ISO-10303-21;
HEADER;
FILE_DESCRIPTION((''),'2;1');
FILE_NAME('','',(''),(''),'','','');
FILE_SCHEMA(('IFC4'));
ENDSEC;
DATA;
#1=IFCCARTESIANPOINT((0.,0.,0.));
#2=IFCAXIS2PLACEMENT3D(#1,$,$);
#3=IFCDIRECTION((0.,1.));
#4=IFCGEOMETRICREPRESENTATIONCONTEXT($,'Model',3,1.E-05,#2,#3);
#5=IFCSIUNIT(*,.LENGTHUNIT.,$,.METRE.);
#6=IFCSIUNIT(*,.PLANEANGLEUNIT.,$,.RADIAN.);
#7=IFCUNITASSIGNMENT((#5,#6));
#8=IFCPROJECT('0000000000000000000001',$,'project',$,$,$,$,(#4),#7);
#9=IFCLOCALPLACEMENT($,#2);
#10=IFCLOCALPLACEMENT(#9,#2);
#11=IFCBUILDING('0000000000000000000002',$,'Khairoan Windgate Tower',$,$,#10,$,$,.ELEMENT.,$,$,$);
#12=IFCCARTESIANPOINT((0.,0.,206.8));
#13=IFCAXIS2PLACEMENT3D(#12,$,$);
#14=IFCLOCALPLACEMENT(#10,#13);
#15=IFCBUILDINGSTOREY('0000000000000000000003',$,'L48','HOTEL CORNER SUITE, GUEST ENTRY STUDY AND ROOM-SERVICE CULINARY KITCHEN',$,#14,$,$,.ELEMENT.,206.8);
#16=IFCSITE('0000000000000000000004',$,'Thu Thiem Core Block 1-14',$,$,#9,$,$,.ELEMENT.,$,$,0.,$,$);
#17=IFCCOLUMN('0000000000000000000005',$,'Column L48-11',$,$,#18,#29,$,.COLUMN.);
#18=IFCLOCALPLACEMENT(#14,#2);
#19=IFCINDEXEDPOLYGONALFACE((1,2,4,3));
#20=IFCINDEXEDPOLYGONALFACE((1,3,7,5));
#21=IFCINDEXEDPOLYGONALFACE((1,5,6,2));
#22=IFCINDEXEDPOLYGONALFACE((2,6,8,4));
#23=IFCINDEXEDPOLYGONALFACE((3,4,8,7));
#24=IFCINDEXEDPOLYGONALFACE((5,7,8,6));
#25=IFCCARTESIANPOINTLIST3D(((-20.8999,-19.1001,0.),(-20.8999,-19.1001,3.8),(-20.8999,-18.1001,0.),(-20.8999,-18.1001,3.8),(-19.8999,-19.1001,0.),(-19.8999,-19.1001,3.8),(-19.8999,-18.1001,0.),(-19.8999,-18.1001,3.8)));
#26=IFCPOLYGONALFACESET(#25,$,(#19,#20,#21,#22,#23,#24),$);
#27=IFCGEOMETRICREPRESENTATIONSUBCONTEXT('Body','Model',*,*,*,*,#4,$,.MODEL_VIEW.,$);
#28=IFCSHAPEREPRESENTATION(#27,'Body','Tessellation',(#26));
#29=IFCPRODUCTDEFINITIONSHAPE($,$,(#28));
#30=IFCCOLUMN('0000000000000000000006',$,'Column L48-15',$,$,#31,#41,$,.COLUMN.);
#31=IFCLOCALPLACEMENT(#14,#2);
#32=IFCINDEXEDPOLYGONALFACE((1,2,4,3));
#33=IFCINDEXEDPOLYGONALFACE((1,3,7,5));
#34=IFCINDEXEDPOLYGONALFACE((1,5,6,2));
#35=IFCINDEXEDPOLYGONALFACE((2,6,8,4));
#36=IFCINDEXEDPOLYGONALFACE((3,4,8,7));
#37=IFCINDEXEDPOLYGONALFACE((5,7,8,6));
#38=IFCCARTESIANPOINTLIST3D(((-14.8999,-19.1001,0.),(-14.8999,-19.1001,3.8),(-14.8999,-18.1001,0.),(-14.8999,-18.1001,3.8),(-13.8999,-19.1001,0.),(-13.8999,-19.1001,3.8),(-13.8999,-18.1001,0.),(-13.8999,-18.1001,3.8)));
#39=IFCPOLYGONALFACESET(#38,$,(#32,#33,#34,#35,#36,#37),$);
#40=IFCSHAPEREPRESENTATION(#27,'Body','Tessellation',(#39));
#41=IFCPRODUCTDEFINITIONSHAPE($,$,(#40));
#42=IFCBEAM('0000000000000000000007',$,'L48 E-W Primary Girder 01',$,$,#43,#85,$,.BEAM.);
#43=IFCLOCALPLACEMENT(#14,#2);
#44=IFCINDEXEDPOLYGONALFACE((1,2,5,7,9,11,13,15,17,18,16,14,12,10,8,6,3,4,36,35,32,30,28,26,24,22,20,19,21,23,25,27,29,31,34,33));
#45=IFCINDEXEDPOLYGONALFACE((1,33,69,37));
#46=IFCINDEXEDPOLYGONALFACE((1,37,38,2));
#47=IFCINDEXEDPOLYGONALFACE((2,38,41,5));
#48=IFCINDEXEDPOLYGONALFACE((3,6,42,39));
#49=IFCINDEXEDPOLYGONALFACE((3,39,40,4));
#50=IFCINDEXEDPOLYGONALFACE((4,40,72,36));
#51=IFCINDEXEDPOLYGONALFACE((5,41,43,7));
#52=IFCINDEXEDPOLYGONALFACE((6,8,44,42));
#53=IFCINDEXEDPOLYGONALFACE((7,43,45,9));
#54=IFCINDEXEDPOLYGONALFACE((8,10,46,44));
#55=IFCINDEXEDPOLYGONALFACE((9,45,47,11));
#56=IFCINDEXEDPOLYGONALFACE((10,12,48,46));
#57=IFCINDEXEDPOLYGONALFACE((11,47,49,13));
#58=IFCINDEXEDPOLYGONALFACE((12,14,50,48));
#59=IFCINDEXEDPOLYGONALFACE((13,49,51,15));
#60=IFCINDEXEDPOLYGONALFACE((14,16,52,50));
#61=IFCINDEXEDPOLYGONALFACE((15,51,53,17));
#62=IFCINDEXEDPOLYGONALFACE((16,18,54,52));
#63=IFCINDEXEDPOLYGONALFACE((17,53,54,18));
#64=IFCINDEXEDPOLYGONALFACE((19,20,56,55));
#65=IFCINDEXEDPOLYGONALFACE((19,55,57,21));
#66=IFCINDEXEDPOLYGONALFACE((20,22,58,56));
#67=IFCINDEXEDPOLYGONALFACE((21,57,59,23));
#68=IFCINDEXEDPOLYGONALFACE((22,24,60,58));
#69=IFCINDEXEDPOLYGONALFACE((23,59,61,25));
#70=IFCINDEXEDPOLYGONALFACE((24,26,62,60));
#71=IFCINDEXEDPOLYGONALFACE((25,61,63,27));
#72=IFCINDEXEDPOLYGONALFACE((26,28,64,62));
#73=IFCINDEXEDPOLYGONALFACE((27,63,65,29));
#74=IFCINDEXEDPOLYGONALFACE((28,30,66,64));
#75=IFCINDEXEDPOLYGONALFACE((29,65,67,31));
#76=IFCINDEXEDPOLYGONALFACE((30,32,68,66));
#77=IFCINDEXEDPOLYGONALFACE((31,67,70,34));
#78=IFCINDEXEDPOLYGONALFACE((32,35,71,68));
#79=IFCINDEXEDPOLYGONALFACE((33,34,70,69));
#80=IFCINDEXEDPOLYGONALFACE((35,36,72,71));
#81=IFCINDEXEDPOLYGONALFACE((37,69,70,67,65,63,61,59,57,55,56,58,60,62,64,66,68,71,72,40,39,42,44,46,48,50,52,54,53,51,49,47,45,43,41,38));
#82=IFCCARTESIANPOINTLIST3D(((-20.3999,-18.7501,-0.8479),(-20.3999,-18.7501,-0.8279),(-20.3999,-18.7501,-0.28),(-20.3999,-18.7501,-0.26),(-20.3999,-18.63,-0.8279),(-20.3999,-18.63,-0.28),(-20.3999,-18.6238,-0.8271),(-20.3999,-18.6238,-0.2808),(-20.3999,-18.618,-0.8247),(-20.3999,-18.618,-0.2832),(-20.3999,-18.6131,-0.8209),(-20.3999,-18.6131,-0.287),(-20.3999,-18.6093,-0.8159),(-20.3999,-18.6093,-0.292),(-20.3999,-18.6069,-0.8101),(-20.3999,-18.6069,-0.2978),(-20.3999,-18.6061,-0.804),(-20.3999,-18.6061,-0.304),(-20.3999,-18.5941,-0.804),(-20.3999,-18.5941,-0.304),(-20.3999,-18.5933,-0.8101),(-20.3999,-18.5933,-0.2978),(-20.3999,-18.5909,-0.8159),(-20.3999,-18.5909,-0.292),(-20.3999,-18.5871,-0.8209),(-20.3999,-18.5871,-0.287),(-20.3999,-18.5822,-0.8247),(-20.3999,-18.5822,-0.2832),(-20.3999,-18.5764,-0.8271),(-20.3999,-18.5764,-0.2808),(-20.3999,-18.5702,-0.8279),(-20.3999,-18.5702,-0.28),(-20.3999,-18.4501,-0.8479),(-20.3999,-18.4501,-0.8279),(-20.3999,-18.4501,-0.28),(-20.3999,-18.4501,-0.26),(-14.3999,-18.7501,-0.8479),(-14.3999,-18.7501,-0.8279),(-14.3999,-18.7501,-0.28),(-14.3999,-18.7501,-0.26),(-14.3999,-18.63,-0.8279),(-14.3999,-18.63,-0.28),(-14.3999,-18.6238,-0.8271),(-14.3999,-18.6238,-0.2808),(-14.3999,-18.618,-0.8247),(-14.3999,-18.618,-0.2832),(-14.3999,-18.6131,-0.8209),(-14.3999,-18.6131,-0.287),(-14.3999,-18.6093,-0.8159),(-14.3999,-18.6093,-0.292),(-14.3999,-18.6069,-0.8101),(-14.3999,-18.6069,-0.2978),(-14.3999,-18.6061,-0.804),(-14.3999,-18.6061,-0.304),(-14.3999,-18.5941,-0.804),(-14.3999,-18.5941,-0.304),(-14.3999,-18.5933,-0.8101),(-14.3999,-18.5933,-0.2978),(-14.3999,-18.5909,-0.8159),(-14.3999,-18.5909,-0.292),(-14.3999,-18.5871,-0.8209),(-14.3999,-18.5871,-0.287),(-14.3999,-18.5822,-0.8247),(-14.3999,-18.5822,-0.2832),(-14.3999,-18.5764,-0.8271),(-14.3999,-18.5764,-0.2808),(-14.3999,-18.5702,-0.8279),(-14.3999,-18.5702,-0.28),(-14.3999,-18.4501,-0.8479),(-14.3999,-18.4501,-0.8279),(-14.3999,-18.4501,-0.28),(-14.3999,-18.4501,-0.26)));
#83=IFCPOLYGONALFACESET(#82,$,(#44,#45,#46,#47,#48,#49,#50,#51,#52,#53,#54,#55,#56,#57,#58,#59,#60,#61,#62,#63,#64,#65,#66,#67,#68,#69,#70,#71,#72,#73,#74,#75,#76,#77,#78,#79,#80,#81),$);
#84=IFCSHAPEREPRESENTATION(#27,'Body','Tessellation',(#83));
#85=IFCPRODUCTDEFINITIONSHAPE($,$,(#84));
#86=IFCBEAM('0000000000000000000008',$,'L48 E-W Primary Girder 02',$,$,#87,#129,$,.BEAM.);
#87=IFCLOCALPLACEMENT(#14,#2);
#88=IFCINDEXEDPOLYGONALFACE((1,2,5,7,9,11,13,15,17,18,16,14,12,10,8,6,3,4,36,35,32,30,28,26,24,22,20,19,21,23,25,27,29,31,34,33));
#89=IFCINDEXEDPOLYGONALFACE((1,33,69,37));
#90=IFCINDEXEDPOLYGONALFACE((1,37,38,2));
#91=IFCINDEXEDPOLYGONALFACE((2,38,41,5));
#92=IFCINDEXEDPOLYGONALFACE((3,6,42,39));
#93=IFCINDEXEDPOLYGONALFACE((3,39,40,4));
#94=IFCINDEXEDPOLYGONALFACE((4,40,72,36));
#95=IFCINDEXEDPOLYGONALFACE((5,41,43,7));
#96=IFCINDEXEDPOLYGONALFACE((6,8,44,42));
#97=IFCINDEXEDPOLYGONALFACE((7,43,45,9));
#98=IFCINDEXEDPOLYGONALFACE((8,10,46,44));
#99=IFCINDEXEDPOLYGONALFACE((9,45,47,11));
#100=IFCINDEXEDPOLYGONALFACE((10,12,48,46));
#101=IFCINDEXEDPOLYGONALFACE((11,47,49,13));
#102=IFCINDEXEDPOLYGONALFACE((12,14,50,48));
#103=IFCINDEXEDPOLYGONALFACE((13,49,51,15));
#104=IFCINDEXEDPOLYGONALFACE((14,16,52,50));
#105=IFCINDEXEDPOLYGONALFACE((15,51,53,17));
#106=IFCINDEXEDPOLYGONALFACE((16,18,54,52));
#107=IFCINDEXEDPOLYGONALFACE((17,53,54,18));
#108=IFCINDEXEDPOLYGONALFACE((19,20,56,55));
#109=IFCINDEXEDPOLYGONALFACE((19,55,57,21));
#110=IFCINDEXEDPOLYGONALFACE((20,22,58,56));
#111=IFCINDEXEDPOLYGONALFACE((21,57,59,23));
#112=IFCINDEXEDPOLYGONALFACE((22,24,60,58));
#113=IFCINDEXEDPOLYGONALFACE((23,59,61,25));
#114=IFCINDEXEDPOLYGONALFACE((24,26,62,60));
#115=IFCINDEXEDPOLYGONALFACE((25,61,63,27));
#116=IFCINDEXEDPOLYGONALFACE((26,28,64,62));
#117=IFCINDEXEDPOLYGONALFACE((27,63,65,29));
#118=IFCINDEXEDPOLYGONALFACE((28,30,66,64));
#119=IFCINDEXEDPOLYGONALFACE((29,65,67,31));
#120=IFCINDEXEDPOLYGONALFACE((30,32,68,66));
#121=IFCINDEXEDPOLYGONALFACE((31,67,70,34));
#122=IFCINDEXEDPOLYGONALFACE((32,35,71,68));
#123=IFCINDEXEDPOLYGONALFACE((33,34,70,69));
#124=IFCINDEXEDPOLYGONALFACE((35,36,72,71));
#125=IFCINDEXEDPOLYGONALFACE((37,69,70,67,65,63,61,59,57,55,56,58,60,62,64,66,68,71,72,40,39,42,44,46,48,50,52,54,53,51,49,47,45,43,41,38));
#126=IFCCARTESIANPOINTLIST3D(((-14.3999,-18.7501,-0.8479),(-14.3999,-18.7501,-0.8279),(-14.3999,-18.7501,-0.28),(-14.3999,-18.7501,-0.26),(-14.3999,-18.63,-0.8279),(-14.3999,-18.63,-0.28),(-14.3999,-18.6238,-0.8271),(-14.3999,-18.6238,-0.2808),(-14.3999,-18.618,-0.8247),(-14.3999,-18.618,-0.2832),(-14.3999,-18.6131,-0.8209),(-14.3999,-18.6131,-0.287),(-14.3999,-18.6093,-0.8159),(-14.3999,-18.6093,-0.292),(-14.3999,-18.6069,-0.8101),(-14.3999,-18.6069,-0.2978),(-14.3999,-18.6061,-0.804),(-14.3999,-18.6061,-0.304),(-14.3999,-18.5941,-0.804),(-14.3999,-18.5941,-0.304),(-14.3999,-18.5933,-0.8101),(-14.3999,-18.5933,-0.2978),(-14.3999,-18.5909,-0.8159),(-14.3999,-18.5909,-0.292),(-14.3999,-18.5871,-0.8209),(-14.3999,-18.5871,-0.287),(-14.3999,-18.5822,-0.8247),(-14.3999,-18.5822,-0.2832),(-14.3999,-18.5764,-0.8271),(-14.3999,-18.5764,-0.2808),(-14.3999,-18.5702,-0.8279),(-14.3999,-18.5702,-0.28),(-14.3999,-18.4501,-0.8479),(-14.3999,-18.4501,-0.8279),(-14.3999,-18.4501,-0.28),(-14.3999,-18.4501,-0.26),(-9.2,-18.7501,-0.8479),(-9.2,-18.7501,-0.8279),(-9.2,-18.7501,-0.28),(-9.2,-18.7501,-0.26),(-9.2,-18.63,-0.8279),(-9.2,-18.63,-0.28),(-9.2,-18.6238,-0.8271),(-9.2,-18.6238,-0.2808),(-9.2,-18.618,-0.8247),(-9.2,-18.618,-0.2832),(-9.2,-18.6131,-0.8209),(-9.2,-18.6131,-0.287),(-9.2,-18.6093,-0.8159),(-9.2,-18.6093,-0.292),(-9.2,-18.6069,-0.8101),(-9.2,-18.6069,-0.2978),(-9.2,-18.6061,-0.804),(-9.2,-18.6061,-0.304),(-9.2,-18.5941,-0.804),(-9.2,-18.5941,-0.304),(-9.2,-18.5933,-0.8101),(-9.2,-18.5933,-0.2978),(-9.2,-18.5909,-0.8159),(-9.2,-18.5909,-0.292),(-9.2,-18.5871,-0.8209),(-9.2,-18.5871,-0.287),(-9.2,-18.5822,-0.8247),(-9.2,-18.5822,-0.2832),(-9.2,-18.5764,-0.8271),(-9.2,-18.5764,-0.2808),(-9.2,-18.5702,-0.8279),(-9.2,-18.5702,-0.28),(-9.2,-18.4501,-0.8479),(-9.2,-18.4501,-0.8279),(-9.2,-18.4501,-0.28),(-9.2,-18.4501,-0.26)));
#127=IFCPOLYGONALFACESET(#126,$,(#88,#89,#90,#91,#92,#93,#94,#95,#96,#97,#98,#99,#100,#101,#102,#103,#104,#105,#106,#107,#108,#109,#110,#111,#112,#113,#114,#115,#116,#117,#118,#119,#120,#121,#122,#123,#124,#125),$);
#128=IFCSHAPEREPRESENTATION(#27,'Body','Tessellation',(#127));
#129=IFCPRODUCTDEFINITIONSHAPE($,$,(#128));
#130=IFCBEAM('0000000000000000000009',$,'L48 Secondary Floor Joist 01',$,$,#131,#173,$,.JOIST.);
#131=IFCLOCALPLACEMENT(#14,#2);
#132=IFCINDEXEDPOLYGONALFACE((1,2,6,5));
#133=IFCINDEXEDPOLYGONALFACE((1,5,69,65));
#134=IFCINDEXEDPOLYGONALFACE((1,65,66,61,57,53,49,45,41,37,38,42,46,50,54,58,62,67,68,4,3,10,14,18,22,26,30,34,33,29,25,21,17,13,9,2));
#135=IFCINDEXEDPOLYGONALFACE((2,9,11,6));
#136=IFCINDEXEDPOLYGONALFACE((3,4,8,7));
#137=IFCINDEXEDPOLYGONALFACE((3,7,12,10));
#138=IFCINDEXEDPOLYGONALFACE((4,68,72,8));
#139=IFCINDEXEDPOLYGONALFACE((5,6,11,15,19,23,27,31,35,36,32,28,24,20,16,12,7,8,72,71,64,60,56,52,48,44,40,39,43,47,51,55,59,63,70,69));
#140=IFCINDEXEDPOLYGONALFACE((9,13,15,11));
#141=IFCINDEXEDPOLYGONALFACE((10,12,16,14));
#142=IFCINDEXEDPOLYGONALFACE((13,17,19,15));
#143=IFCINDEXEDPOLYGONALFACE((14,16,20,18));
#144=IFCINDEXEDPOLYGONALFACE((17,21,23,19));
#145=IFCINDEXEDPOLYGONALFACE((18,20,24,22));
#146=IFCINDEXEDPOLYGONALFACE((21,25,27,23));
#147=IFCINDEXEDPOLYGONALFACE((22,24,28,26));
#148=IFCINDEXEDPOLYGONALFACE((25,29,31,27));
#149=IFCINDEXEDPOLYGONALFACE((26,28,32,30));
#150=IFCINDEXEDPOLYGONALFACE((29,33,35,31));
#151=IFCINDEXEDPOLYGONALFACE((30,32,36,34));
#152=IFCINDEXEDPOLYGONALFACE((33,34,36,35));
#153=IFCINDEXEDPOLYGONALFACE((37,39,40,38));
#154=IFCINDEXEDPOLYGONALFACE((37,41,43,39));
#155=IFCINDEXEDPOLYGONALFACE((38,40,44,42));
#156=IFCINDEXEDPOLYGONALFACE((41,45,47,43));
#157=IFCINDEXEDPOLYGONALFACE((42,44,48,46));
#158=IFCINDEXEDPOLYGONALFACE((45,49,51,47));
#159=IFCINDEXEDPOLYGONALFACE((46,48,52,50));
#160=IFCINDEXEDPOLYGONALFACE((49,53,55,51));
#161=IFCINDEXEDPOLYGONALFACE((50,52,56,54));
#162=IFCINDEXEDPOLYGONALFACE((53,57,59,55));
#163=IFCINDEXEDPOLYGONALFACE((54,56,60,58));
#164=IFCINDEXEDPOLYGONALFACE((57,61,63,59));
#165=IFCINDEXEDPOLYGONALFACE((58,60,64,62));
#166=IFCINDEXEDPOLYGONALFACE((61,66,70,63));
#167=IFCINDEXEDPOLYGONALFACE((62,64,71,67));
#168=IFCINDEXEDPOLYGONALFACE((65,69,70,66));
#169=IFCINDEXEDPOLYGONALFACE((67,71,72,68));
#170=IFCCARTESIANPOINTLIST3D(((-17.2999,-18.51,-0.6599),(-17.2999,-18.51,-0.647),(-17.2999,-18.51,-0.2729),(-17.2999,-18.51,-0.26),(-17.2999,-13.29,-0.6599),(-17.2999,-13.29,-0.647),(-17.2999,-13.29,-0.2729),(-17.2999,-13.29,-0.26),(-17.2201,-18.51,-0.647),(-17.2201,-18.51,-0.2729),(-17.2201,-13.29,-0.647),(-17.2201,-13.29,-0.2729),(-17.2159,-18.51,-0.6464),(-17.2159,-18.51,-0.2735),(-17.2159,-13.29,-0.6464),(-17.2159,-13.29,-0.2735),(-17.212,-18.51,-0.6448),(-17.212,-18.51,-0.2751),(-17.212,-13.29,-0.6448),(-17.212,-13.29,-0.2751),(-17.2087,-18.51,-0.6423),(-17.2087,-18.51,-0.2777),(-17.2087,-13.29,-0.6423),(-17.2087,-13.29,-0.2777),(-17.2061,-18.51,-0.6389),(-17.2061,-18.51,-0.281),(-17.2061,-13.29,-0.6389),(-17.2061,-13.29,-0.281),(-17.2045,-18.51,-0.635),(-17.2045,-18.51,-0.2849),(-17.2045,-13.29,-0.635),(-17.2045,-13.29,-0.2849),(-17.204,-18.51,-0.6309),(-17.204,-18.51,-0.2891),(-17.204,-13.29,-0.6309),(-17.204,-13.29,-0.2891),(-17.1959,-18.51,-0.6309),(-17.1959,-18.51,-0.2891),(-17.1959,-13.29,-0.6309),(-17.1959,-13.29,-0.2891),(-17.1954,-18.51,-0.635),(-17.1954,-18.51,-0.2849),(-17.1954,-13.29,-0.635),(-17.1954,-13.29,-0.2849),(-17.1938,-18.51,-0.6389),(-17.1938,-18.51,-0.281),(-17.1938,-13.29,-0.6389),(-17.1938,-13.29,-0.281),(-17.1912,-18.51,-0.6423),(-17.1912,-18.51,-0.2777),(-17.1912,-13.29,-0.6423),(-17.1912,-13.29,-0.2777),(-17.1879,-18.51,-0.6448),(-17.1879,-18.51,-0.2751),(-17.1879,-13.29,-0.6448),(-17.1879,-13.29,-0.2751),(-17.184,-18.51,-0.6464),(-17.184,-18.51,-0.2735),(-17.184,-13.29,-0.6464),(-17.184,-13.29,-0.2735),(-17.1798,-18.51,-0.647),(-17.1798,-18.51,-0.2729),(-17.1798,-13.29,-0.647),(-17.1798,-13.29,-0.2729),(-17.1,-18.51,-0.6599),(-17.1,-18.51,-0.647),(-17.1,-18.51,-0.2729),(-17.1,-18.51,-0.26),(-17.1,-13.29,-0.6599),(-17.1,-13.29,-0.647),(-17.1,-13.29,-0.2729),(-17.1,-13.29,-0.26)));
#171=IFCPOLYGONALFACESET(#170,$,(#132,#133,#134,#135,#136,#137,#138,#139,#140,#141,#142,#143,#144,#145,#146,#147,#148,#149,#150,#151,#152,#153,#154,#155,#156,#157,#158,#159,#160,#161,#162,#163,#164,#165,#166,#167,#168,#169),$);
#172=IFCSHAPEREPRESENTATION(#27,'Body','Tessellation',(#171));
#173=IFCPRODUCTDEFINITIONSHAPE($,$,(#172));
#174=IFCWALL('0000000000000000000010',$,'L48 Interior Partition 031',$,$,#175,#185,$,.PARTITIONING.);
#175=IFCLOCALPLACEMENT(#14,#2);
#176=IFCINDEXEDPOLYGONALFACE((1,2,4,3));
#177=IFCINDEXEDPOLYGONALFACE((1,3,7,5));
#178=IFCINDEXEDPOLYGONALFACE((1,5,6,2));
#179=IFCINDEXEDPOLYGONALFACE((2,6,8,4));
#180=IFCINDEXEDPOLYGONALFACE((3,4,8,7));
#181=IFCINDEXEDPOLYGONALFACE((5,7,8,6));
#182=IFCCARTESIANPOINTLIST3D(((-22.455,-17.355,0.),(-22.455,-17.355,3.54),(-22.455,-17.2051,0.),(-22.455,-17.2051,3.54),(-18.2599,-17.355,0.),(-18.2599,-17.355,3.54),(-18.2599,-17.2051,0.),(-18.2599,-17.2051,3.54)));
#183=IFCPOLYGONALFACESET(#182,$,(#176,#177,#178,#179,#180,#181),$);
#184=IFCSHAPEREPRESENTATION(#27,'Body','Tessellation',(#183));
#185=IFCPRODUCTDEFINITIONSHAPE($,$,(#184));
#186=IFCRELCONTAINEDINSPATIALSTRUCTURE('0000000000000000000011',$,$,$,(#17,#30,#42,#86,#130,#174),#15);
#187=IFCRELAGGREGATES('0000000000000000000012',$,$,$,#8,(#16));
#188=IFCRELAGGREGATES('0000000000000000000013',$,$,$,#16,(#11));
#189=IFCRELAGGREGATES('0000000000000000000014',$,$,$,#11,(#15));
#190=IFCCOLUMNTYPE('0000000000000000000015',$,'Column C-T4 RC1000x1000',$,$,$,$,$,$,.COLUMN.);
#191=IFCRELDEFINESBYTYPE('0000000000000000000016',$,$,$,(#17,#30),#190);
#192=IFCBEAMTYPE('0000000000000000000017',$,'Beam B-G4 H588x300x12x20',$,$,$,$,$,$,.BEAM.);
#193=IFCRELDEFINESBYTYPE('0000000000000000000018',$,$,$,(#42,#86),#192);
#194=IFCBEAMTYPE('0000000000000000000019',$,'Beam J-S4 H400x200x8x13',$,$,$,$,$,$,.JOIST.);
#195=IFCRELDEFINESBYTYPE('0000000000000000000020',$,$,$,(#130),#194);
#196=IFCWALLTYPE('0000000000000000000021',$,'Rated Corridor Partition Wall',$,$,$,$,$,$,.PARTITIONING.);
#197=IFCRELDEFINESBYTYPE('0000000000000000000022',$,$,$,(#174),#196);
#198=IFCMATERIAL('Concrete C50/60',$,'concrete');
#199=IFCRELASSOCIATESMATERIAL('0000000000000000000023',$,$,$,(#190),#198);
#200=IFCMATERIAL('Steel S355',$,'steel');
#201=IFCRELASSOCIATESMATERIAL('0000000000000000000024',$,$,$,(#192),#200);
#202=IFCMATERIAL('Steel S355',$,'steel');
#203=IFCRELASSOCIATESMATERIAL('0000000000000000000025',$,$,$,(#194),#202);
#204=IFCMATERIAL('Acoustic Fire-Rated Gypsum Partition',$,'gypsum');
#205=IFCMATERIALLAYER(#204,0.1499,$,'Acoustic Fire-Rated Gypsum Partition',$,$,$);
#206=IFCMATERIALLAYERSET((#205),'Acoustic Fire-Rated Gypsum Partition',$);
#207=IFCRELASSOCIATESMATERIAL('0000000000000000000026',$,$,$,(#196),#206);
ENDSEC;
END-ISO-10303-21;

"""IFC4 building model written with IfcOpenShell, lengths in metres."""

from ifc_helpers import new_model, si_unit, direction, frame, frame_2d, origin, origin_2d, place, context, subcontext, project, spatial, rectangle, i_section, extrude, material, layer, layer_set, material_profile, profile_set, type_object, element, save


model = new_model("IFC4")

# Units and contexts
model_context = context("Model", 3, precision=1e-05, world=origin(), true_north=direction((0.0, 1.0)))
body_context = subcontext(model_context, "Body", "Model", "MODEL_VIEW")
ifc_project = project(units=[si_unit("LENGTHUNIT", "METRE"), si_unit("PLANEANGLEUNIT", "RADIAN")], contexts=[model_context])

# Site, building, storey
site_placement = place(None, origin())
site = spatial("IfcSite", under=ifc_project, at=site_placement, Name="Thu Thiem Core Block 1-14", CompositionType="ELEMENT", RefElevation=0.0)
building_placement = place(site_placement, origin())
building = spatial("IfcBuilding", under=site, at=building_placement, Name="Khairoan Windgate Tower", CompositionType="ELEMENT")
storey_placement = place(building_placement, frame((0.0, 0.0, 206.8)))
storey = spatial("IfcBuildingStorey", under=building, at=storey_placement, Name="L48", Description="HOTEL CORNER SUITE, GUEST ENTRY STUDY AND ROOM-SERVICE CULINARY KITCHEN", CompositionType="ELEMENT", Elevation=206.8)

# Columns
ifc_material_1 = material(Name="Concrete C50/60", Category="concrete")
ifc_material_profile_1 = material_profile(ifc_material_1, rectangle(XDim=1.0, YDim=1.0, at=origin_2d()))
ifc_profile_set_1 = profile_set([ifc_material_profile_1], Name="Concrete C50/60")
column_type = type_object("IfcColumnType", Name="Column C-T4 RC1000x1000", PredefinedType="COLUMN", material=ifc_profile_set_1)
for number, where, z_axis, x_axis, name in (
    (1, (-20.3999, -18.6001, 0.0), (0.0, 0.0, 1.0), (1.0, 0.0, 0.0), "Column L48-11"),
    (2, (-14.3999, -18.6001, 0.0), (0.0, 0.0, 1.0), (1.0, 0.0, 0.0), "Column L48-15"),
):
    element("IfcColumn", number, at=place(storey_placement, frame(where, z_axis=z_axis, x_axis=x_axis)), inside=storey, type_object=column_type, Name=name, PredefinedType="COLUMN", context=body_context, shape_type="SweptSolid", body=[
        extrude(rectangle(XDim=1.0, YDim=1.0, at=origin_2d()), origin(), (0.0, 0.0, 1.0), 3.8),
    ])

# Beams
ifc_material_2 = material(Name="Steel S355", Category="steel")
ifc_material_profile_2 = material_profile(ifc_material_2, i_section(OverallWidth=0.3, OverallDepth=0.5879, WebThickness=0.012, FlangeThickness=0.02, FilletRadius=0.0239, at=origin_2d()))
ifc_profile_set_2 = profile_set([ifc_material_profile_2], Name="Steel S355")
beam_type_1 = type_object("IfcBeamType", Name="Beam B-G4 H588x300x12x20", PredefinedType="BEAM", material=ifc_profile_set_2)
beam_1_placement = place(storey_placement, frame((-20.3999, -18.6001, -0.554), z_axis=(1.0, 0.0, 0.0), x_axis=(0.0, 1.0, 0.0)))
element("IfcBeam", 3, at=beam_1_placement, inside=storey, type_object=beam_type_1, Name="L48 E-W Primary Girder 01", PredefinedType="BEAM", context=body_context, shape_type="SweptSolid", body=[
    extrude(i_section(OverallWidth=0.3, OverallDepth=0.5879, WebThickness=0.012, FlangeThickness=0.02, FilletRadius=0.0239, at=origin_2d()), origin(), (0.0, 0.0, 1.0), 6.0),
])
beam_2_placement = place(storey_placement, frame((-14.3999, -18.6001, -0.554), z_axis=(1.0, 0.0, 0.0), x_axis=(0.0, 1.0, 0.0)))
element("IfcBeam", 4, at=beam_2_placement, inside=storey, type_object=beam_type_1, Name="L48 E-W Primary Girder 02", PredefinedType="BEAM", context=body_context, shape_type="SweptSolid", body=[
    extrude(i_section(OverallWidth=0.3, OverallDepth=0.5879, WebThickness=0.012, FlangeThickness=0.02, FilletRadius=0.0239, at=origin_2d()), origin(), (0.0, 0.0, 1.0), 5.2),
])
ifc_material_3 = material(Name="Steel S355", Category="steel")
ifc_material_profile_3 = material_profile(ifc_material_3, i_section(OverallWidth=0.2, OverallDepth=0.3999, WebThickness=0.0081, FlangeThickness=0.0129, FilletRadius=0.0161, at=origin_2d()))
ifc_profile_set_3 = profile_set([ifc_material_profile_3], Name="Steel S355")
beam_type_2 = type_object("IfcBeamType", Name="Beam J-S4 H400x200x8x13", PredefinedType="JOIST", material=ifc_profile_set_3)
beam_3_placement = place(storey_placement, frame((-17.2, -18.51, -0.46), z_axis=(0.0, 1.0, 0.0), x_axis=(-1.0, 0.0, 0.0)))
element("IfcBeam", 5, at=beam_3_placement, inside=storey, type_object=beam_type_2, Name="L48 Secondary Floor Joist 01", PredefinedType="JOIST", context=body_context, shape_type="SweptSolid", body=[
    extrude(i_section(OverallWidth=0.2, OverallDepth=0.3999, WebThickness=0.0081, FlangeThickness=0.0129, FilletRadius=0.0161, at=origin_2d()), origin(), (0.0, 0.0, 1.0), 5.22),
])

# Wall
ifc_material_4 = material(Name="Acoustic Fire-Rated Gypsum Partition", Category="gypsum")
ifc_layer_1 = layer(ifc_material_4, 0.1499, Name="Acoustic Fire-Rated Gypsum Partition")
ifc_layer_set_1 = layer_set([ifc_layer_1], Name="Acoustic Fire-Rated Gypsum Partition")
wall_type = type_object("IfcWallType", Name="Rated Corridor Partition Wall", PredefinedType="PARTITIONING", material=ifc_layer_set_1)
wall_1_placement = place(storey_placement, frame((-22.4551, -17.28, 0.0), z_axis=(0.0, 0.0, 1.0), x_axis=(1.0, 0.0, 0.0)))
element("IfcWall", 6, at=wall_1_placement, inside=storey, type_object=wall_type, Name="L48 Interior Partition 031", PredefinedType="PARTITIONING", context=body_context, shape_type="SweptSolid", body=[
    extrude(rectangle(XDim=4.1951, YDim=0.1499, at=frame_2d((2.0977, 0.0))), origin(), (0.0, 0.0, 1.0), 3.54),
])

save(model, "model.ifc")
